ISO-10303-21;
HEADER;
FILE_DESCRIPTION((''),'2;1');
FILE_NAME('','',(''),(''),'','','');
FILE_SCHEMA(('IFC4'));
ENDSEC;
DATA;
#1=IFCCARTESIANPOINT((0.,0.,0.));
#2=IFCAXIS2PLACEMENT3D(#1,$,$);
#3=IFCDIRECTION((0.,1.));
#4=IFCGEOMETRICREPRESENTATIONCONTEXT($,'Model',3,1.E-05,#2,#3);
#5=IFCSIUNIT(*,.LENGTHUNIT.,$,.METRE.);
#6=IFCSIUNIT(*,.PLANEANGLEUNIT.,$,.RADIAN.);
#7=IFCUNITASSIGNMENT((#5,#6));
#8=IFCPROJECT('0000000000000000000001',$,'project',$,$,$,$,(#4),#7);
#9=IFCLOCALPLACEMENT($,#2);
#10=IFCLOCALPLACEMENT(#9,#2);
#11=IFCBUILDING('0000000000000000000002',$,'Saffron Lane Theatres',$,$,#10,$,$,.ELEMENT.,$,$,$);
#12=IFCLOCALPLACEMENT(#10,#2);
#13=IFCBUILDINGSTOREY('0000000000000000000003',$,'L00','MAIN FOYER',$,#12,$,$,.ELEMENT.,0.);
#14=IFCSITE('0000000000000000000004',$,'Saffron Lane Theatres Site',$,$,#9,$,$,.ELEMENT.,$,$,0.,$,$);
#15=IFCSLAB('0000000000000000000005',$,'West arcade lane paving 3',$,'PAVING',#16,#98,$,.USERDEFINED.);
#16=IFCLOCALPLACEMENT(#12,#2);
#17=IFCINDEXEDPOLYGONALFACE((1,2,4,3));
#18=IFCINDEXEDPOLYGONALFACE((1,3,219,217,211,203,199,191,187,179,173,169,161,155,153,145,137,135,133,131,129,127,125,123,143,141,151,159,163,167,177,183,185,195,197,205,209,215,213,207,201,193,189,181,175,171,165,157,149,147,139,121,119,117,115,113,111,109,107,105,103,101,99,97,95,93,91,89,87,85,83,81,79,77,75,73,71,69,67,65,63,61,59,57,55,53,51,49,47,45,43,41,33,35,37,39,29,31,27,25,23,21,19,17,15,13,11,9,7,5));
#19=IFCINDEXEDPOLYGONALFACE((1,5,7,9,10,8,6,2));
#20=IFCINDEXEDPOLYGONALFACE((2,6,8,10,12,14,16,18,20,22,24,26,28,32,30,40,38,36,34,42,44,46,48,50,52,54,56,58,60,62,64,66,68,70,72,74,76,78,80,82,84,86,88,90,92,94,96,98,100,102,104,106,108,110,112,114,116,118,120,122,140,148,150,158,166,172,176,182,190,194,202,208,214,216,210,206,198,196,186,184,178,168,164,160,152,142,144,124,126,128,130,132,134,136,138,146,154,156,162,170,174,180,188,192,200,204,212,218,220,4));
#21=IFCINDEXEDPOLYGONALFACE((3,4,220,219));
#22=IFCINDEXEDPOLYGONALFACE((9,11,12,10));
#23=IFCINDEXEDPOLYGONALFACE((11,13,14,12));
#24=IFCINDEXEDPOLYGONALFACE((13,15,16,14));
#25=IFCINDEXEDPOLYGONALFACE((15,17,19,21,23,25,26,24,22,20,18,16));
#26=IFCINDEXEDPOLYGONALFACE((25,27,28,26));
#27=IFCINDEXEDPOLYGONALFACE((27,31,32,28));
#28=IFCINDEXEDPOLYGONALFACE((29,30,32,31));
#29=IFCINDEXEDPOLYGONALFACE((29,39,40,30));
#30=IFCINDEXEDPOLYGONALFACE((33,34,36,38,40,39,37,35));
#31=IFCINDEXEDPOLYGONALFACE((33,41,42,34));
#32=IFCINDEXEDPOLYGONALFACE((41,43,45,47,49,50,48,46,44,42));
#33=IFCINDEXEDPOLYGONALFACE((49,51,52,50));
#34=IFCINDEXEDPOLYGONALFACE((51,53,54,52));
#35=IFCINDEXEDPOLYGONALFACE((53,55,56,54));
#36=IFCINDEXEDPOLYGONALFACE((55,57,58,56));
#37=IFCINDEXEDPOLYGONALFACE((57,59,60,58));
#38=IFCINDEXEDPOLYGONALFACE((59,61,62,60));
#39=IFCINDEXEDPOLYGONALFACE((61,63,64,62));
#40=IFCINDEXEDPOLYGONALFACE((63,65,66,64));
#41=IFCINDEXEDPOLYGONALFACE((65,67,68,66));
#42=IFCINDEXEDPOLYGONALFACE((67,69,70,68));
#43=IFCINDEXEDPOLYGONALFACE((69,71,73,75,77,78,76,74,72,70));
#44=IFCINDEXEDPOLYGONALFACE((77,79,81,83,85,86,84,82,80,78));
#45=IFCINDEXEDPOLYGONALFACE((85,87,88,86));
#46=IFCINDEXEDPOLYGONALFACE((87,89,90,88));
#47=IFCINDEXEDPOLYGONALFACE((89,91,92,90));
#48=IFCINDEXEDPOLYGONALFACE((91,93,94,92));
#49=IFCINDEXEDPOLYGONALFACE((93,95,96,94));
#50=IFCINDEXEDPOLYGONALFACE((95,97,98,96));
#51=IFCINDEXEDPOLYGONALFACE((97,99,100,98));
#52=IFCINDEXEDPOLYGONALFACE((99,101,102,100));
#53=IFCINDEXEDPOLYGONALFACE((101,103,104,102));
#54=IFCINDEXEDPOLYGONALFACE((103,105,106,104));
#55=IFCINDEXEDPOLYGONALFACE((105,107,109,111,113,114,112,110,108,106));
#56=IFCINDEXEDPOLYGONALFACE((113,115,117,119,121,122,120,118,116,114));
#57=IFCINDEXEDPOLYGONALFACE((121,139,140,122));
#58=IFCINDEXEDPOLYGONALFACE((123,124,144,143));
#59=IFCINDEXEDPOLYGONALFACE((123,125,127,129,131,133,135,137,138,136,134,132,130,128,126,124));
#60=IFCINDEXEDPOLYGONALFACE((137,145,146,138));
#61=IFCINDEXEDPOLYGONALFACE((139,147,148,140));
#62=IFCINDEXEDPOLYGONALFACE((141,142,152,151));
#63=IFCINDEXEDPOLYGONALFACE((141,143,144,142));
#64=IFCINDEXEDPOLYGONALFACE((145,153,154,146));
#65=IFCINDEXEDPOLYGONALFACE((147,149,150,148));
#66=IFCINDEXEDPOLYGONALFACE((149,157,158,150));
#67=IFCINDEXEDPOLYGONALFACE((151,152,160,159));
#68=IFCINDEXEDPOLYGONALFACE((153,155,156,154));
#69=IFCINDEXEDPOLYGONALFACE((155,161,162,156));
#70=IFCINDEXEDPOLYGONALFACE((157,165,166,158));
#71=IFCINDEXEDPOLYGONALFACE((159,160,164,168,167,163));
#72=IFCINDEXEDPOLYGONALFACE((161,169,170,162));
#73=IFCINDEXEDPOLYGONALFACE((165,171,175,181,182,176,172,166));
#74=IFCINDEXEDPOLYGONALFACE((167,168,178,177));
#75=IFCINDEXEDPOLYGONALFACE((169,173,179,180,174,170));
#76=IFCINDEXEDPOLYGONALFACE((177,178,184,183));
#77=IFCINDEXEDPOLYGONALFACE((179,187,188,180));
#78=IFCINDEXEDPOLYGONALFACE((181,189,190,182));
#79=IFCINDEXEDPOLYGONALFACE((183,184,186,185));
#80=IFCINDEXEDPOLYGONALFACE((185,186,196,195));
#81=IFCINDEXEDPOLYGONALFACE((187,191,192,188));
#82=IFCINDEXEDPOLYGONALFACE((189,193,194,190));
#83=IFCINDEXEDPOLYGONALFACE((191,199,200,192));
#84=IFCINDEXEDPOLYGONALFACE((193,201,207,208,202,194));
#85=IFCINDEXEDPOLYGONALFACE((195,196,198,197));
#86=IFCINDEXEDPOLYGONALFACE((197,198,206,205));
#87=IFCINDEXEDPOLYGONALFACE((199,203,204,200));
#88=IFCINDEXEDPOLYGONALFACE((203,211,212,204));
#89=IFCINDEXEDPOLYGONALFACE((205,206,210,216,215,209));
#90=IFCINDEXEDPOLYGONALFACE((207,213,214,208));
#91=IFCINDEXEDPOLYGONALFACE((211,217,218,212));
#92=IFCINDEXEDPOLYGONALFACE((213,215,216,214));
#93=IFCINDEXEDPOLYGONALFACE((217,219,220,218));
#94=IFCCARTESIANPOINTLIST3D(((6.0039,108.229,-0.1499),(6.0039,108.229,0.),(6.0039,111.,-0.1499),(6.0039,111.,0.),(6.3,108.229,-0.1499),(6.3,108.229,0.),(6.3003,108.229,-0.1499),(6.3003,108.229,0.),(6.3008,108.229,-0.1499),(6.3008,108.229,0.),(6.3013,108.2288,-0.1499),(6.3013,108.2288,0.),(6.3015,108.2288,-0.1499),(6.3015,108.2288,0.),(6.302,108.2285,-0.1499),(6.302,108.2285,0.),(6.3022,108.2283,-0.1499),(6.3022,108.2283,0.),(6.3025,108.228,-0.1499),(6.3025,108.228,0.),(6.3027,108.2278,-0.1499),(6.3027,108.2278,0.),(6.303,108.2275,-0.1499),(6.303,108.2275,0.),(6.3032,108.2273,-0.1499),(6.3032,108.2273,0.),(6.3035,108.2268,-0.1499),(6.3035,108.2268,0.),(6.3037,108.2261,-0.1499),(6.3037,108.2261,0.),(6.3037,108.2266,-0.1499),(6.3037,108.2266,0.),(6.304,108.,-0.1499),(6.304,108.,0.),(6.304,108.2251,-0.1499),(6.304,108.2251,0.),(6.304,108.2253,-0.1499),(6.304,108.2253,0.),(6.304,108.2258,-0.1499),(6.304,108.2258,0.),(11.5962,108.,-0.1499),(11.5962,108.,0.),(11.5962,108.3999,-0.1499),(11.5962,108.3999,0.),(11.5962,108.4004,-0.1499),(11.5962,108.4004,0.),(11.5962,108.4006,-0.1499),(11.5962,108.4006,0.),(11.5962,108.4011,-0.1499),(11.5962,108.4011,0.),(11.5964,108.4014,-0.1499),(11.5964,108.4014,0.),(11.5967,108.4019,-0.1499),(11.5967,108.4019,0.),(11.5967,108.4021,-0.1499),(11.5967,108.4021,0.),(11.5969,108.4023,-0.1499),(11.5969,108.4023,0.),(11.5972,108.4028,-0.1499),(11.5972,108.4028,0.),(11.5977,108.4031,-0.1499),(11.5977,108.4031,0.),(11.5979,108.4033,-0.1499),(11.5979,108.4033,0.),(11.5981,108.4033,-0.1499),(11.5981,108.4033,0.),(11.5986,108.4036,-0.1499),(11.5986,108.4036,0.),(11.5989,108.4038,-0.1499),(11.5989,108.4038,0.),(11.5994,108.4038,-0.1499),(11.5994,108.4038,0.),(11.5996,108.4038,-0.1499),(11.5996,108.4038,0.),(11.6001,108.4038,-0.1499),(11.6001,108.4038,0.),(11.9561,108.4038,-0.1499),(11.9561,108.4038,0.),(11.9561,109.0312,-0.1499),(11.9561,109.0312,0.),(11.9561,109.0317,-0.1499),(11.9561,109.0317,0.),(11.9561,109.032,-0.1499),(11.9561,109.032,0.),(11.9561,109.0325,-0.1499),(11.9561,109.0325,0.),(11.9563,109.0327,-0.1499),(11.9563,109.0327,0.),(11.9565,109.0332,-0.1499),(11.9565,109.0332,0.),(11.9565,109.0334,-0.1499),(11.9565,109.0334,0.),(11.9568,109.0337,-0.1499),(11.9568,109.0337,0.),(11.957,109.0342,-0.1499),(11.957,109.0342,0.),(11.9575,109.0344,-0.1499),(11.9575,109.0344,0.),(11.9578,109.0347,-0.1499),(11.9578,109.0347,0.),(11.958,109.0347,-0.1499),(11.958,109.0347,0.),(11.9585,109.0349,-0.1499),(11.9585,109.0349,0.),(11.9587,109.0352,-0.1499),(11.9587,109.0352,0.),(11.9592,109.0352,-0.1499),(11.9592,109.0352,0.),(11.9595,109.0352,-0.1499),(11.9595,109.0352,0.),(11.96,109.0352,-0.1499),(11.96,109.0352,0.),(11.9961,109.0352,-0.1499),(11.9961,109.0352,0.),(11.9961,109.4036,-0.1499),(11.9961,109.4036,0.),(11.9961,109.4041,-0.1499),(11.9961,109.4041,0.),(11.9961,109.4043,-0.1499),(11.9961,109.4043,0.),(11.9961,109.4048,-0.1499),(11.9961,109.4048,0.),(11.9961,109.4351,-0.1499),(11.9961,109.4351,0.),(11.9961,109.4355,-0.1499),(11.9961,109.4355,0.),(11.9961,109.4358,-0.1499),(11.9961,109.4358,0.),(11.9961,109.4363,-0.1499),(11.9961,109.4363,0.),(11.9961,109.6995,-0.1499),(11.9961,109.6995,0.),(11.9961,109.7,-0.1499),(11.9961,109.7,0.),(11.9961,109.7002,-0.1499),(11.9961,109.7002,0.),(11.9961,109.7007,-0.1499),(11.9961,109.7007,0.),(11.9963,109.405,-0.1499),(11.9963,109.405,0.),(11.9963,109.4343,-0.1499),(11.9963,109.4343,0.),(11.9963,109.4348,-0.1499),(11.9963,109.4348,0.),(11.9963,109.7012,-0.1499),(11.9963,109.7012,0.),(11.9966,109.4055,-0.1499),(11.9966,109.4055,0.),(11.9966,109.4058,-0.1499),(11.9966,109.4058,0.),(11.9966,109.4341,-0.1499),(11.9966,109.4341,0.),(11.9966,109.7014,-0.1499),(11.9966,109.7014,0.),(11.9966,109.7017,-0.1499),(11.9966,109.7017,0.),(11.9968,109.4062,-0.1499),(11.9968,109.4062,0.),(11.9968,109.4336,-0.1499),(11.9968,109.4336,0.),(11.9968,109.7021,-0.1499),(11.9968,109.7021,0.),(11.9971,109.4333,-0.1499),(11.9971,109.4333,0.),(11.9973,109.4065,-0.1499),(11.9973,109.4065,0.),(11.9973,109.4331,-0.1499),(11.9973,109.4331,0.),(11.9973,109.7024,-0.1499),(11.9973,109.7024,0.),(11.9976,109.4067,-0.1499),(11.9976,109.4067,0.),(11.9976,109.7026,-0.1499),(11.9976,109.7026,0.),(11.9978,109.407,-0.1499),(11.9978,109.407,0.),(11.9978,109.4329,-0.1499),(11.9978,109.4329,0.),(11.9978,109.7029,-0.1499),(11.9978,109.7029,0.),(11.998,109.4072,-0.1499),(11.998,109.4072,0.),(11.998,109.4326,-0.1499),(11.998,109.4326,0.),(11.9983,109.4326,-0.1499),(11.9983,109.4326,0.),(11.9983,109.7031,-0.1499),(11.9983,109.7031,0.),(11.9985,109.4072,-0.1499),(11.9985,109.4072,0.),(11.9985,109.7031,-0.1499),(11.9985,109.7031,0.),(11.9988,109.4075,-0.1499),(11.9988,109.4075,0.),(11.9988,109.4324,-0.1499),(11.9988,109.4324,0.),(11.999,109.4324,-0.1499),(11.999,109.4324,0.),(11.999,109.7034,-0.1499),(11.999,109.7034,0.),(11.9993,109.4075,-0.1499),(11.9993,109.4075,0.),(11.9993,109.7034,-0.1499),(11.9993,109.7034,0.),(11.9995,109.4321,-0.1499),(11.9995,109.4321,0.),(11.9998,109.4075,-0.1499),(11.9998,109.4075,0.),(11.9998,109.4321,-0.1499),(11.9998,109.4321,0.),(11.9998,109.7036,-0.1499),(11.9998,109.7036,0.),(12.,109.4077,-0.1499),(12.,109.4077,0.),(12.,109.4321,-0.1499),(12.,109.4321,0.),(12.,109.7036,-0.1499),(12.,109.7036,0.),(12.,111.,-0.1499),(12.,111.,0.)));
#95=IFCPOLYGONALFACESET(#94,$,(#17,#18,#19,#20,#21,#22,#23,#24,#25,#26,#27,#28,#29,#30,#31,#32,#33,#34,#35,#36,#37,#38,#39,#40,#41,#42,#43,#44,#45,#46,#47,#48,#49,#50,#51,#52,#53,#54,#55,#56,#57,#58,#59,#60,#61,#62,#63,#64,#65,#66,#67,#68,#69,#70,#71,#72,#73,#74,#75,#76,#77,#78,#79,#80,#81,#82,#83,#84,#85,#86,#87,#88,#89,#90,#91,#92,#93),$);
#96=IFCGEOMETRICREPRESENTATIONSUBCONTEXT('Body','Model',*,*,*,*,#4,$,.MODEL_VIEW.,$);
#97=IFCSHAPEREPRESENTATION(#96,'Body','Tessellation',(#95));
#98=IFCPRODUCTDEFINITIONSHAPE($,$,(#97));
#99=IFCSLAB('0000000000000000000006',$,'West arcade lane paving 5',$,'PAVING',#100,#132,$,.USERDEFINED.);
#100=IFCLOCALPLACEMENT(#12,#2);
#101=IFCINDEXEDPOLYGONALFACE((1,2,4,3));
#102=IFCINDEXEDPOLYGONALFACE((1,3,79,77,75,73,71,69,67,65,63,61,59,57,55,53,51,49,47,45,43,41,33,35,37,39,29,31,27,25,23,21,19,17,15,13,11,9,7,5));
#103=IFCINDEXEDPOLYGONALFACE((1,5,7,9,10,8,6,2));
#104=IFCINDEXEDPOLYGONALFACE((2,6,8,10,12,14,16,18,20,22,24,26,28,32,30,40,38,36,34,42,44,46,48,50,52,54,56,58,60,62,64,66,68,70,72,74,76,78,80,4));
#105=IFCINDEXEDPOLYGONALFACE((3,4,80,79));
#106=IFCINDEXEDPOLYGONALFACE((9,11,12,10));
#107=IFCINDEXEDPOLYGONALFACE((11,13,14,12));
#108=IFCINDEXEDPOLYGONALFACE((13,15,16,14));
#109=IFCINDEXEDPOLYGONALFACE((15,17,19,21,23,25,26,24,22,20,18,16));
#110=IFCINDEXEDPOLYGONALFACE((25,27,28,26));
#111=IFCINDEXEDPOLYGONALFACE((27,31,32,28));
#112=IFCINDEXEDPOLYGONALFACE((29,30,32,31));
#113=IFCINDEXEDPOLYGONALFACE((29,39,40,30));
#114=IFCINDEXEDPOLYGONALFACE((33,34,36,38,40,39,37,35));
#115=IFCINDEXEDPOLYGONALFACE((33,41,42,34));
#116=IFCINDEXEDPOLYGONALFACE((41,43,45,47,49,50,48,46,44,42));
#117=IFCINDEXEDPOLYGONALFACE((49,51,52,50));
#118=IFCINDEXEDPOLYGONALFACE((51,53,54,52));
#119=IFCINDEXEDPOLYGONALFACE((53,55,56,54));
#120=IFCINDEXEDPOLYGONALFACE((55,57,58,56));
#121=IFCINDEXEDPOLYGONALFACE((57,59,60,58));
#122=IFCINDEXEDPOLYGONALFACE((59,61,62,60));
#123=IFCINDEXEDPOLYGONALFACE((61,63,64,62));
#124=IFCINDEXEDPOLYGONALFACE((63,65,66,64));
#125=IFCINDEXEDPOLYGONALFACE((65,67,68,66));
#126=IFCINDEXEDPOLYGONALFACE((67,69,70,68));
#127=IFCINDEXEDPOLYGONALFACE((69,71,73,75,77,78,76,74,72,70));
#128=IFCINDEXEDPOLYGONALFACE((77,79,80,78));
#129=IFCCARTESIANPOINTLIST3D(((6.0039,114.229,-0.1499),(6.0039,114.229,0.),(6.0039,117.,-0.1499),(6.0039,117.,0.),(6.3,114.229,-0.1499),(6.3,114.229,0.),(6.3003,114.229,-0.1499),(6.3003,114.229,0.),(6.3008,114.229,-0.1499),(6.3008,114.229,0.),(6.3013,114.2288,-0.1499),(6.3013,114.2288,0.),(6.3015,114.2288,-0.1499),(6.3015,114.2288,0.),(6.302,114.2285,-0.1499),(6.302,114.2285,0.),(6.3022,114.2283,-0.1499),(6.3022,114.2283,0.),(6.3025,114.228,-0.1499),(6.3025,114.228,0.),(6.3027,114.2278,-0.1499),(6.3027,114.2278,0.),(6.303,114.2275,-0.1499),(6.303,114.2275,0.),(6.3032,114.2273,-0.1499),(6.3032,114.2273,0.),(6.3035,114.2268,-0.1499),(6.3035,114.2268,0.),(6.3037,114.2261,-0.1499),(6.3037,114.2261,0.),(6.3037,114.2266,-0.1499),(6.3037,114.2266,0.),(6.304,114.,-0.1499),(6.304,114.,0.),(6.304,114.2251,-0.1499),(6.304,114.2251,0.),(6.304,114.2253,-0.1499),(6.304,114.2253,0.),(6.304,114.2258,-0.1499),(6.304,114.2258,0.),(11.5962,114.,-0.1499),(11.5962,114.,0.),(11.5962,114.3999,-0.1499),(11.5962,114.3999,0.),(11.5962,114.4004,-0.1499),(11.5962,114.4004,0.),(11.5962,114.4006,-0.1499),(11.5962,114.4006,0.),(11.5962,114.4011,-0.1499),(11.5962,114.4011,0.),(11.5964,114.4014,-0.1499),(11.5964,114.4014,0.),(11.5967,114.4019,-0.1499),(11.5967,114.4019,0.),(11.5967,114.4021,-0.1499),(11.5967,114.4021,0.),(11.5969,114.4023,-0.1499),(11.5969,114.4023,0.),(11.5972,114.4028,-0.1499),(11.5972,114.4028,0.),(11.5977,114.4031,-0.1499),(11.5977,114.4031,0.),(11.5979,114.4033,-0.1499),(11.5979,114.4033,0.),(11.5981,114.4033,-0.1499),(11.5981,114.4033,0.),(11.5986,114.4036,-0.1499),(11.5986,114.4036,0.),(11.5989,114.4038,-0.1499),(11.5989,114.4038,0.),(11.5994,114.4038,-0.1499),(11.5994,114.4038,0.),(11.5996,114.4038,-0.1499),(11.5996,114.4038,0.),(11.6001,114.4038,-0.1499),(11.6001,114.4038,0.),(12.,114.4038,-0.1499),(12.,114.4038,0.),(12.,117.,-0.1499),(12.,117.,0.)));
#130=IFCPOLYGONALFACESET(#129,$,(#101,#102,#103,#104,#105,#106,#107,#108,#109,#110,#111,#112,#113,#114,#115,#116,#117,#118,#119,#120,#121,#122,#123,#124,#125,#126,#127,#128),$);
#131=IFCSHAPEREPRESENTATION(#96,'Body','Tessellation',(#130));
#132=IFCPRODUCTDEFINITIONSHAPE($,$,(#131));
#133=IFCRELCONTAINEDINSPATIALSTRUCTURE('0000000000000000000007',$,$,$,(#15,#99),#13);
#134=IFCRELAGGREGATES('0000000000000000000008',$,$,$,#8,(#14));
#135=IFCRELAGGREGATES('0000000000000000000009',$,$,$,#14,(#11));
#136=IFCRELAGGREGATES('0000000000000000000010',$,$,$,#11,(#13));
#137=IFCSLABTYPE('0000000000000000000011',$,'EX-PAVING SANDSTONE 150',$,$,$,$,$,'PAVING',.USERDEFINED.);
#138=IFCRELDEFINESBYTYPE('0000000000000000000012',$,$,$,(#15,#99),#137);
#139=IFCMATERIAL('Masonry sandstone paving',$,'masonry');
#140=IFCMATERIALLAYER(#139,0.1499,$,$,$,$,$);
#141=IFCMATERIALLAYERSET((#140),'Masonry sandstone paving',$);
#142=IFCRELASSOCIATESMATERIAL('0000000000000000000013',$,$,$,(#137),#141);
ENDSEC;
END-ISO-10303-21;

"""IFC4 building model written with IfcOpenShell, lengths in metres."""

from ifc_helpers import new_model, si_unit, direction, frame, origin, place, context, subcontext, project, spatial, polyline, outline, extrude, material, layer, layer_set, type_object, element, save


model = new_model("IFC4")

# Units and contexts
model_context = context("Model", 3, precision=1e-05, world=origin(), true_north=direction((0.0, 1.0)))
body_context = subcontext(model_context, "Body", "Model", "MODEL_VIEW")
ifc_project = project(units=[si_unit("LENGTHUNIT", "METRE"), si_unit("PLANEANGLEUNIT", "RADIAN")], contexts=[model_context])

# Site, building, storey
site_placement = place(None, origin())
site = spatial("IfcSite", under=ifc_project, at=site_placement, Name="Saffron Lane Theatres Site", CompositionType="ELEMENT", RefElevation=0.0)
building_placement = place(site_placement, origin())
building = spatial("IfcBuilding", under=site, at=building_placement, Name="Saffron Lane Theatres", CompositionType="ELEMENT")
storey_placement = place(building_placement, origin())
storey = spatial("IfcBuildingStorey", under=building, at=storey_placement, Name="L00", Description="MAIN FOYER", CompositionType="ELEMENT", Elevation=0.0)

# Slabs
ifc_material_1 = material(Name="Masonry sandstone paving", Category="masonry")
ifc_layer_1 = layer(ifc_material_1, 0.1499)
ifc_layer_set_1 = layer_set([ifc_layer_1], Name="Masonry sandstone paving")
slab_type_1 = type_object("IfcSlabType", Name="EX-PAVING SANDSTONE 150", ElementType="PAVING", PredefinedType="USERDEFINED", material=ifc_layer_set_1)
slab_1_placement = place(storey_placement, frame((0.0, 0.0, -0.1499)))
element("IfcSlab", 1, at=slab_1_placement, inside=storey, type_object=slab_type_1, Name="West arcade lane paving 3", ObjectType="PAVING", PredefinedType="USERDEFINED", context=body_context, shape_type="SweptSolid", body=[
    extrude(outline(polyline([(6.304, 108.2251), (6.304, 108.0), (11.5962, 108.0), (11.5962, 108.3999), (11.5962, 108.4004), (11.5962, 108.4006), (11.5962, 108.4011), (11.5964, 108.4014), (11.5967, 108.4019), (11.5967, 108.4021), (11.5969, 108.4023), (11.5972, 108.4028), (11.5977, 108.4031), (11.5979, 108.4033), (11.5981, 108.4033), (11.5986, 108.4036), (11.5989, 108.4038), (11.5994, 108.4038), (11.5996, 108.4038), (11.6001, 108.4038), (11.9561, 108.4038), (11.9561, 109.0312), (11.9561, 109.0317), (11.9561, 109.032), (11.9561, 109.0325), (11.9563, 109.0327), (11.9565, 109.0332), (11.9565, 109.0334), (11.9568, 109.0337), (11.957, 109.0342), (11.9575, 109.0344), (11.9578, 109.0347), (11.958, 109.0347), (11.9585, 109.0349), (11.9587, 109.0352), (11.9592, 109.0352), (11.9595, 109.0352), (11.96, 109.0352), (11.9961, 109.0352), (11.9961, 109.4036), (11.9961, 109.4041), (11.9961, 109.4043), (11.9961, 109.4048), (11.9963, 109.405), (11.9966, 109.4055), (11.9966, 109.4058), (11.9968, 109.4062), (11.9973, 109.4065), (11.9976, 109.4067), (11.9978, 109.407), (11.998, 109.4072), (11.9985, 109.4072), (11.9988, 109.4075), (11.9993, 109.4075), (11.9998, 109.4075), (12.0, 109.4077), (12.0, 109.4321), (11.9998, 109.4321), (11.9995, 109.4321), (11.999, 109.4324), (11.9988, 109.4324), (11.9983, 109.4326), (11.998, 109.4326), (11.9978, 109.4329), (11.9973, 109.4331), (11.9971, 109.4333), (11.9968, 109.4336), (11.9966, 109.4341), (11.9963, 109.4343), (11.9963, 109.4348), (11.9961, 109.4351), (11.9961, 109.4355), (11.9961, 109.4358), (11.9961, 109.4363), (11.9961, 109.6995), (11.9961, 109.7), (11.9961, 109.7002), (11.9961, 109.7007), (11.9963, 109.7012), (11.9966, 109.7014), (11.9966, 109.7017), (11.9968, 109.7021), (11.9973, 109.7024), (11.9976, 109.7026), (11.9978, 109.7029), (11.9983, 109.7031), (11.9985, 109.7031), (11.999, 109.7034), (11.9993, 109.7034), (11.9998, 109.7036), (12.0, 109.7036), (12.0, 111.0), (6.0039, 111.0), (6.0039, 108.229), (6.3, 108.229), (6.3003, 108.229), (6.3008, 108.229), (6.3013, 108.2288), (6.3015, 108.2288), (6.302, 108.2285), (6.3022, 108.2283), (6.3025, 108.228), (6.3027, 108.2278), (6.303, 108.2275), (6.3032, 108.2273), (6.3035, 108.2268), (6.3037, 108.2266), (6.3037, 108.2261), (6.304, 108.2258), (6.304, 108.2253), (6.304, 108.2251)])), origin(), (0.0, 0.0, 1.0), 0.1499),
])
slab_2_placement = place(storey_placement, frame((0.0, 0.0, -0.1499)))
element("IfcSlab", 2, at=slab_2_placement, inside=storey, type_object=slab_type_1, Name="West arcade lane paving 5", ObjectType="PAVING", PredefinedType="USERDEFINED", context=body_context, shape_type="SweptSolid", body=[
    extrude(outline(polyline([(6.304, 114.2251), (6.304, 114.0), (11.5962, 114.0), (11.5962, 114.3999), (11.5962, 114.4004), (11.5962, 114.4006), (11.5962, 114.4011), (11.5964, 114.4014), (11.5967, 114.4019), (11.5967, 114.4021), (11.5969, 114.4023), (11.5972, 114.4028), (11.5977, 114.4031), (11.5979, 114.4033), (11.5981, 114.4033), (11.5986, 114.4036), (11.5989, 114.4038), (11.5994, 114.4038), (11.5996, 114.4038), (11.6001, 114.4038), (12.0, 114.4038), (12.0, 117.0), (6.0039, 117.0), (6.0039, 114.229), (6.3, 114.229), (6.3003, 114.229), (6.3008, 114.229), (6.3013, 114.2288), (6.3015, 114.2288), (6.302, 114.2285), (6.3022, 114.2283), (6.3025, 114.228), (6.3027, 114.2278), (6.303, 114.2275), (6.3032, 114.2273), (6.3035, 114.2268), (6.3037, 114.2266), (6.3037, 114.2261), (6.304, 114.2258), (6.304, 114.2253), (6.304, 114.2251)])), origin(), (0.0, 0.0, 1.0), 0.1499),
])

save(model, "model.ifc")
